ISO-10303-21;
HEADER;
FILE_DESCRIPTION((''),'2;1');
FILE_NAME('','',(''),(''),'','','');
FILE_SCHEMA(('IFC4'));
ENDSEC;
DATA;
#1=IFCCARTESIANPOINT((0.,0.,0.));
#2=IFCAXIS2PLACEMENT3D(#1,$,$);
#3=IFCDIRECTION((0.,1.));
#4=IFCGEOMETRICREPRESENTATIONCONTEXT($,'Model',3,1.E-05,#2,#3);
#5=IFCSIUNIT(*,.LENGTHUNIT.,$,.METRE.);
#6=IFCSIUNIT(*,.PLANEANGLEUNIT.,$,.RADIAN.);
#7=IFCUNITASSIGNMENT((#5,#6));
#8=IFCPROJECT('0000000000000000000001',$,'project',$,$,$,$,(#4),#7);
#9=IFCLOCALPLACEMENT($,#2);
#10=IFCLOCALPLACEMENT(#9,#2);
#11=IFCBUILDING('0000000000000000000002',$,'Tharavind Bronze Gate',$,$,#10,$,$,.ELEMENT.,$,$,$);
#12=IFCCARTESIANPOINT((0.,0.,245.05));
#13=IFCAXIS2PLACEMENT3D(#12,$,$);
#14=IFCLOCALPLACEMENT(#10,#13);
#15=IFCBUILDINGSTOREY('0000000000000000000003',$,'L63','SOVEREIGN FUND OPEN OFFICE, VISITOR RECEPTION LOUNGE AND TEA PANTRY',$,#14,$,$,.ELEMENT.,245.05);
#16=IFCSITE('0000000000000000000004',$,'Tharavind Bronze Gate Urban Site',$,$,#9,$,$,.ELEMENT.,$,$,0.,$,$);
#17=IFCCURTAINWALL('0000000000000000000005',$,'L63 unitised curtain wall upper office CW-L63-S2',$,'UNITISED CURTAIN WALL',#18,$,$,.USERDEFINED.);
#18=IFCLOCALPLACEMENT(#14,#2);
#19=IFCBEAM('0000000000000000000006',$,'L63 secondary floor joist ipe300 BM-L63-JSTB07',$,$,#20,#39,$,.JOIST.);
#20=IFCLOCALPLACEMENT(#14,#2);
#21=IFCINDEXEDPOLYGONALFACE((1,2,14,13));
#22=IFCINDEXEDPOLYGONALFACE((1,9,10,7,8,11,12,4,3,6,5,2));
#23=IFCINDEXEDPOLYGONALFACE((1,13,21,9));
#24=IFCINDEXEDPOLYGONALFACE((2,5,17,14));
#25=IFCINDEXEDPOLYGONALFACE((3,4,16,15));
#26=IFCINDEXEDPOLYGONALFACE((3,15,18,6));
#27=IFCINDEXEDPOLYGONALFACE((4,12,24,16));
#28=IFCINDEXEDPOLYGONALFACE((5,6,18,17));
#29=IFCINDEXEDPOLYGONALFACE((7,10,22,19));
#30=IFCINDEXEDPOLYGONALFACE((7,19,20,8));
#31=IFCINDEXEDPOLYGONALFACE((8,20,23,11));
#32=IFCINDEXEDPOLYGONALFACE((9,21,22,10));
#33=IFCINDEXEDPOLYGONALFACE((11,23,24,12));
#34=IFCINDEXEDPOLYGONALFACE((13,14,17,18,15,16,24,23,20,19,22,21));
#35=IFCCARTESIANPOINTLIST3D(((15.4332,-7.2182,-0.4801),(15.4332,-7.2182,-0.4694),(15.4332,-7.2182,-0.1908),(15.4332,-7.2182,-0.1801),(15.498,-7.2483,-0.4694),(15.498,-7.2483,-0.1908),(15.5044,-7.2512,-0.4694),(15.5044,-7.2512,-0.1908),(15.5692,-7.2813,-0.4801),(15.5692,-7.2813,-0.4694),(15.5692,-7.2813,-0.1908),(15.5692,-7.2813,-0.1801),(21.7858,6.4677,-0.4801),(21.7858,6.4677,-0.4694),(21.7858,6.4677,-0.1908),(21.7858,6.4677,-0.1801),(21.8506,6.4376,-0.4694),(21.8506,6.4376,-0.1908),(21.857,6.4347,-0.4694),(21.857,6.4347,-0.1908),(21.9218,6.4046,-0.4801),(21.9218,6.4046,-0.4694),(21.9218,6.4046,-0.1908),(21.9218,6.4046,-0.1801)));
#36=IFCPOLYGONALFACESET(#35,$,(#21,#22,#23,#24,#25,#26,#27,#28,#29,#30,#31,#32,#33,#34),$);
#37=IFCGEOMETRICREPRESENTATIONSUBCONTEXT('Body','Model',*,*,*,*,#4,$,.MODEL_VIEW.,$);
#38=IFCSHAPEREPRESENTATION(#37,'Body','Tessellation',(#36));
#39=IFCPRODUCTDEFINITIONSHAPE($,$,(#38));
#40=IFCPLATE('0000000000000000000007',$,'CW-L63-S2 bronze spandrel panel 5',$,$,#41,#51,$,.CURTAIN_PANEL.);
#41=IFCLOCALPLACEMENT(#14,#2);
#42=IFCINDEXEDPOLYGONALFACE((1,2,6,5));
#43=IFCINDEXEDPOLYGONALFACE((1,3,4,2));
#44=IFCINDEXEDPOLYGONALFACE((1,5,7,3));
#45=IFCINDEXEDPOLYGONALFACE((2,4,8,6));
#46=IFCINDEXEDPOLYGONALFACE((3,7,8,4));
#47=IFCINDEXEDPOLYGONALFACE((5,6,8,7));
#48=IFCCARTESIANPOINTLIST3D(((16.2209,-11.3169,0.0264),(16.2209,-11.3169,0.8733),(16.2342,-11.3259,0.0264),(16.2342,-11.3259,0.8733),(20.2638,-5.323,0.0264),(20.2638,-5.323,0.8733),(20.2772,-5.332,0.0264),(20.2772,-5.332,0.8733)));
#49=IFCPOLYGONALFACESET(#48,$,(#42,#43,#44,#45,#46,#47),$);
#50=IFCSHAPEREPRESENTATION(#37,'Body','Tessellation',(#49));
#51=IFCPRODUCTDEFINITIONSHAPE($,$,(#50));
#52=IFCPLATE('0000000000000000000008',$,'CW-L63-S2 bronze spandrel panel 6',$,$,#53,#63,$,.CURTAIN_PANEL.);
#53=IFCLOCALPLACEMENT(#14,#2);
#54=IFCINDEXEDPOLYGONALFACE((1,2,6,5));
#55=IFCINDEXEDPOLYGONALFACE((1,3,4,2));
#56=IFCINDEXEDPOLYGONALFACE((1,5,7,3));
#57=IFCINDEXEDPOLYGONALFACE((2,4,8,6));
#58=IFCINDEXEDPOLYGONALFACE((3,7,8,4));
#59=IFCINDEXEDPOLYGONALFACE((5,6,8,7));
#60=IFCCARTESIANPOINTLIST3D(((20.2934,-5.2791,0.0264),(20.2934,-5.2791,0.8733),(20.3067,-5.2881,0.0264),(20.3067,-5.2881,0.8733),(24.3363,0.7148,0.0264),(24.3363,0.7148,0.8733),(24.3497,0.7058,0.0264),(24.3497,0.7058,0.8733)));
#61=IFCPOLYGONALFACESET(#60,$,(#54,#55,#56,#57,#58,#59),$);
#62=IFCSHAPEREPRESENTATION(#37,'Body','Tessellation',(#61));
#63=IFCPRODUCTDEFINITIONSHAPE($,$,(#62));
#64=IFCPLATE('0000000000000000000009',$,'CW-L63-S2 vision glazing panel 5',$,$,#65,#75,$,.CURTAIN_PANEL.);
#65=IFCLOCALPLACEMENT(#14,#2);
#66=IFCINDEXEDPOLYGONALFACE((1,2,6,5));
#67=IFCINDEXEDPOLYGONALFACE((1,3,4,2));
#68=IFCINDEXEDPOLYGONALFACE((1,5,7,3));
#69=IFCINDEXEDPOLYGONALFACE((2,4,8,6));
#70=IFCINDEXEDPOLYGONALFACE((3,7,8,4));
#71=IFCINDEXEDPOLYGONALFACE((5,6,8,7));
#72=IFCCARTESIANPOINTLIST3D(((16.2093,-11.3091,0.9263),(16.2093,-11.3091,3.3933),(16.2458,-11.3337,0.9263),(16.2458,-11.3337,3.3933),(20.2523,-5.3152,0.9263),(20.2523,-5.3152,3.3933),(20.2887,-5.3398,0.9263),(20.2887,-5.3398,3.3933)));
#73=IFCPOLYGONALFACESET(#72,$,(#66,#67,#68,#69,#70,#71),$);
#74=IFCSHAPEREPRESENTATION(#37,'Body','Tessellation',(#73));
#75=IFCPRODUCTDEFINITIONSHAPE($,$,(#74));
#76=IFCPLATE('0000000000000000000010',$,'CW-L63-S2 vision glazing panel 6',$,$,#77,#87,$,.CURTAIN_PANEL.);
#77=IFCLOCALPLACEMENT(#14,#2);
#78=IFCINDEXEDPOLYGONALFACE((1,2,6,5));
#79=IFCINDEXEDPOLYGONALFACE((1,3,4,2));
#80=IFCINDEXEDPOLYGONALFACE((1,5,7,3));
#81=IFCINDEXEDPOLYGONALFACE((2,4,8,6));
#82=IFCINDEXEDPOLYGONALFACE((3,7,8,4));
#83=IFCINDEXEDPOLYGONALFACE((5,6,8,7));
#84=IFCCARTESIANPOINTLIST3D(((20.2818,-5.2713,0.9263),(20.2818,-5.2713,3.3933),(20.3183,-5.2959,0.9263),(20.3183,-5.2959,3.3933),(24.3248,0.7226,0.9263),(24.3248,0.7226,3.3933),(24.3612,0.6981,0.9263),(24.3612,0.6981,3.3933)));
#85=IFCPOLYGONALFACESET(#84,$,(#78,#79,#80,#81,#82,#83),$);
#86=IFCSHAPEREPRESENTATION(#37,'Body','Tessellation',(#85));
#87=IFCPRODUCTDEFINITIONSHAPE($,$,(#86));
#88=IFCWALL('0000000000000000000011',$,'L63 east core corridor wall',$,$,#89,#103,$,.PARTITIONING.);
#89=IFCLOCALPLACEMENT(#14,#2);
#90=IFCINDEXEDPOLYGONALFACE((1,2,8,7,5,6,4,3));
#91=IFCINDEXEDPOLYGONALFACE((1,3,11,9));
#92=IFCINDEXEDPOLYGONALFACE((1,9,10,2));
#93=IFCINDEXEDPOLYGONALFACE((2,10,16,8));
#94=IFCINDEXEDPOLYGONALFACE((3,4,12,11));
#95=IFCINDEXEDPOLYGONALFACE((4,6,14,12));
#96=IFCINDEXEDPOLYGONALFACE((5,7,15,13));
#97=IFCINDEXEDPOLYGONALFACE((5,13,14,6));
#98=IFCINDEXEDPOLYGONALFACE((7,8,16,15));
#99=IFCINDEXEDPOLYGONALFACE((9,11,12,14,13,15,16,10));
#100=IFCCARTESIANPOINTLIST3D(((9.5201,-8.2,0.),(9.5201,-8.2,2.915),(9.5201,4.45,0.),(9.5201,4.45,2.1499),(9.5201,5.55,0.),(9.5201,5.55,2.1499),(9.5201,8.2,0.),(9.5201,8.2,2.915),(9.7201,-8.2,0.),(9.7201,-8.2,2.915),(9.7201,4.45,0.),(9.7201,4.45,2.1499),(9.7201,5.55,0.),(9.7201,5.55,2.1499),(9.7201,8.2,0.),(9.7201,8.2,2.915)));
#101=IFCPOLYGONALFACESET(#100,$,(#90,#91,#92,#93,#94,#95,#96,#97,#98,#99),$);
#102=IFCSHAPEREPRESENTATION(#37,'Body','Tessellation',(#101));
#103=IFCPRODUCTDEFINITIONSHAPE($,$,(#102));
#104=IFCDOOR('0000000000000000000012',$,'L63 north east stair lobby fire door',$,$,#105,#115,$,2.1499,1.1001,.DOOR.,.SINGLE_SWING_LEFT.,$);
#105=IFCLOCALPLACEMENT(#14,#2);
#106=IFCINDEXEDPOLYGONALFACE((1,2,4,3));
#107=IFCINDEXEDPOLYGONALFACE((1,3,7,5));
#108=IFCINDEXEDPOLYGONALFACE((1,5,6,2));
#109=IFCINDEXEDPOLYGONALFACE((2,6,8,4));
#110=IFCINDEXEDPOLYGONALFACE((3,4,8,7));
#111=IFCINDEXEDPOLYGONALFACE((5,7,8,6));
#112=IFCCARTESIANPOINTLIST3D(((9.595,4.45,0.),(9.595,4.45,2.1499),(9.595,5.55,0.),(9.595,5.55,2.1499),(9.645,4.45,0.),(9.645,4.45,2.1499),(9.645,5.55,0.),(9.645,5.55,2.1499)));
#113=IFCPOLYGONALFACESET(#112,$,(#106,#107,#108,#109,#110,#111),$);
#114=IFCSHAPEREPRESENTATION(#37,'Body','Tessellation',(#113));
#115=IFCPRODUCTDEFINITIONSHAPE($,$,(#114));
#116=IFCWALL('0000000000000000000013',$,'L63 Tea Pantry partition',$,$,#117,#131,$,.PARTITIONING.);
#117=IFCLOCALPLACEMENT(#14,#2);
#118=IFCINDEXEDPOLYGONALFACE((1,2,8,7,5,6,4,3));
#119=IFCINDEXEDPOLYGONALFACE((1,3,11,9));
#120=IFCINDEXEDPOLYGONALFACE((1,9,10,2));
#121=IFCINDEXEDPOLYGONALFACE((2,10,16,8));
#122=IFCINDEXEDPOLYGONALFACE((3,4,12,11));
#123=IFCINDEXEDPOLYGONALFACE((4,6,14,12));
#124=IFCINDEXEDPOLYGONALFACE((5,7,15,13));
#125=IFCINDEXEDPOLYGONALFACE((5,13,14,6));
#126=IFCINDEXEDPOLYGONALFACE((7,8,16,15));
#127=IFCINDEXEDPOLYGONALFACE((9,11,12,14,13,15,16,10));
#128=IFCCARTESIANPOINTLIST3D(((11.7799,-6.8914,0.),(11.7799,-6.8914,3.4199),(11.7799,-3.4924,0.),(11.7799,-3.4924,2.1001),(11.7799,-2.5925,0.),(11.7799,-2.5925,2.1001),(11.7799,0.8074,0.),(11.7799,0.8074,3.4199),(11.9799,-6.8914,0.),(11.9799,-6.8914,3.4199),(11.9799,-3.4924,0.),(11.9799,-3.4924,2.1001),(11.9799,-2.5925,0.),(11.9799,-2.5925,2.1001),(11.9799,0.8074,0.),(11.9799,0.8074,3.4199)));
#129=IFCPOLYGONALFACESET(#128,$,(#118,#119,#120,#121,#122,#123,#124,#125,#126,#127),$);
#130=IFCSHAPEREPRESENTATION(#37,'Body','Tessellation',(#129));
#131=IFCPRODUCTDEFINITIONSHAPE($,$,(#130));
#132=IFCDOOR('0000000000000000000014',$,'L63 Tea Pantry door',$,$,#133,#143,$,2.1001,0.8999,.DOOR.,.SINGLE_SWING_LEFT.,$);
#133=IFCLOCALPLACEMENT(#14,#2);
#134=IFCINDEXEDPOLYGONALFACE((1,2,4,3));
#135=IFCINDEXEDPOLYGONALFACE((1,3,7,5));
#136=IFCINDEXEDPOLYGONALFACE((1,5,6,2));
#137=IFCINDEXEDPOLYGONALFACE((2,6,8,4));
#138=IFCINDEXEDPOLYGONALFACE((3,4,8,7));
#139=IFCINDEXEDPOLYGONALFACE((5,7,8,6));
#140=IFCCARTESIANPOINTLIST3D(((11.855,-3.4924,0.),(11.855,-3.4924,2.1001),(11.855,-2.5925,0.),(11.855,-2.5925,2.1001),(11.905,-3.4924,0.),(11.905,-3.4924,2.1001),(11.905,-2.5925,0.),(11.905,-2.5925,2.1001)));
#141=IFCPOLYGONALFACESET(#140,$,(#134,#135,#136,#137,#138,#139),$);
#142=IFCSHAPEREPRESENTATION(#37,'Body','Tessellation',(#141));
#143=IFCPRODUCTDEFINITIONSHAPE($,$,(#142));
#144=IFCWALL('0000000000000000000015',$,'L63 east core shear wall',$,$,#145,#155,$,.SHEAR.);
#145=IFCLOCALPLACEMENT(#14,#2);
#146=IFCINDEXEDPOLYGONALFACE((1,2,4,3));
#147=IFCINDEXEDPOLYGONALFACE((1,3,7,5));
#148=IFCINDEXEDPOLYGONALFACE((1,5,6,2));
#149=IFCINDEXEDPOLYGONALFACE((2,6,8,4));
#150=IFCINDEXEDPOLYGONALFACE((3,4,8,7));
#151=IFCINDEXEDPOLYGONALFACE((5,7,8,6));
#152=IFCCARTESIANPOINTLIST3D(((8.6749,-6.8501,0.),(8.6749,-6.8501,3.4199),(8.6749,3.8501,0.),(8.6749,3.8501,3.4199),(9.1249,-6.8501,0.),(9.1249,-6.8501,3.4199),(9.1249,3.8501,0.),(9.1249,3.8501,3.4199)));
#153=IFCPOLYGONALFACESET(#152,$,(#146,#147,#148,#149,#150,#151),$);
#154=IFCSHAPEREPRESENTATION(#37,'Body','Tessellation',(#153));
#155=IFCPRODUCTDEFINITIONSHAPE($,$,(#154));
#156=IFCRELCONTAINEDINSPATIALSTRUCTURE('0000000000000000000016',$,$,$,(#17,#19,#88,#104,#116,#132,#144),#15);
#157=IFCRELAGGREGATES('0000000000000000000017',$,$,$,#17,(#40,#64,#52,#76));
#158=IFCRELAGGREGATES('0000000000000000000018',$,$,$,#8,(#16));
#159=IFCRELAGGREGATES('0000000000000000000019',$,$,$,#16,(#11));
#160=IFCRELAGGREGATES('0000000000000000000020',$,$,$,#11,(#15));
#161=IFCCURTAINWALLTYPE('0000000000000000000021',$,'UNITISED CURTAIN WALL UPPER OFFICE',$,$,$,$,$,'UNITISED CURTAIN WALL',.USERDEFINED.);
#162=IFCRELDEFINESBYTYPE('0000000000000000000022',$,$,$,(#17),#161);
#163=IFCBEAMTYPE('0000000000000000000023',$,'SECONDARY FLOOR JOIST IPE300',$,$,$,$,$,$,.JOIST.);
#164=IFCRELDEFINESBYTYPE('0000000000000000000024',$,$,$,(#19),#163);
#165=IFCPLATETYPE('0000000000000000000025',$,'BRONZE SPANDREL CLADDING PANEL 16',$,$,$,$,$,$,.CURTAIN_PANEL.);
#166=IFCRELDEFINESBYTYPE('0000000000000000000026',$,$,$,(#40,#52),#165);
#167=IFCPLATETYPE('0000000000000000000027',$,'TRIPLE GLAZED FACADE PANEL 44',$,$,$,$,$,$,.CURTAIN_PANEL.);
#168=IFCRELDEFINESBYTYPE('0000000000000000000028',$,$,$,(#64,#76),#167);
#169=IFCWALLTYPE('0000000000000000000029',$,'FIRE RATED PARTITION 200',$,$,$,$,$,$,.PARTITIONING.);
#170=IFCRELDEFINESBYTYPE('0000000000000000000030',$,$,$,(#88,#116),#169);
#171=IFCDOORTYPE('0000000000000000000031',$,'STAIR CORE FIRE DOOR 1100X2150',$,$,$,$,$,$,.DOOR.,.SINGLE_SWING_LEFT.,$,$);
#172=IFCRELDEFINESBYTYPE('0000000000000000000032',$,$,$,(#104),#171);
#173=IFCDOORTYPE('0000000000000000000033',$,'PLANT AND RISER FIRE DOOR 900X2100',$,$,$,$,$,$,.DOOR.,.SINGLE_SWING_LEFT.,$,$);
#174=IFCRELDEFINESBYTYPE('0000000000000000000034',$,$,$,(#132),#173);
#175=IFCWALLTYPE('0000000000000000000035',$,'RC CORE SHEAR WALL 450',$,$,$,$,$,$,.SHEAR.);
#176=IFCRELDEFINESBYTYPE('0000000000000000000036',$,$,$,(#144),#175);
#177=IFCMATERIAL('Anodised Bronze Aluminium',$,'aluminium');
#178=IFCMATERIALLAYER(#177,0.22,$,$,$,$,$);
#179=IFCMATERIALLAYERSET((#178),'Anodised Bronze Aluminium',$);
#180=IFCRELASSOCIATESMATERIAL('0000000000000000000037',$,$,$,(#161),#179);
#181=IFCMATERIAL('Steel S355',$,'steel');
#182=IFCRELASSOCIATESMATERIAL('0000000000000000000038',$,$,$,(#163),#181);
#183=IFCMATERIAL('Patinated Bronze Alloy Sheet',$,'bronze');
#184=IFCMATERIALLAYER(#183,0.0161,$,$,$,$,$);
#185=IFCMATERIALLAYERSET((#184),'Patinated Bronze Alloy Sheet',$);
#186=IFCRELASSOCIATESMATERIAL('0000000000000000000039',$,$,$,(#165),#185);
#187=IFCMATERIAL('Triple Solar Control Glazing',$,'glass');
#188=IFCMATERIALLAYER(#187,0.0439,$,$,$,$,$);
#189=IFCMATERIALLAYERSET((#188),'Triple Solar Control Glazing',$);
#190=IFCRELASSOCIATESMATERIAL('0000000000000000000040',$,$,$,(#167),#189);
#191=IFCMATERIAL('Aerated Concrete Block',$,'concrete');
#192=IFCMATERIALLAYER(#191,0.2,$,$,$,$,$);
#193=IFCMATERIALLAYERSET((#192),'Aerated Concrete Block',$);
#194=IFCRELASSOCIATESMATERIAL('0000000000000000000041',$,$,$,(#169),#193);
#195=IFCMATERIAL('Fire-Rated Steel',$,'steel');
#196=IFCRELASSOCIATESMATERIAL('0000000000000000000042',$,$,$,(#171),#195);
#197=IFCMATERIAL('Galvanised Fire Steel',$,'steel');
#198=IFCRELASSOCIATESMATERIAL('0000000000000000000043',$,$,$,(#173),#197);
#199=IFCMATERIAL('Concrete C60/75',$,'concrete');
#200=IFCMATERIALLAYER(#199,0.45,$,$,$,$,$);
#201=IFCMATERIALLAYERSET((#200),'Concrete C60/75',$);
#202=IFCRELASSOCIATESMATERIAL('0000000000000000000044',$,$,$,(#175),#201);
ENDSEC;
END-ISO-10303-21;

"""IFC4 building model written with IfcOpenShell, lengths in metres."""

from ifc_helpers import new_model, si_unit, direction, frame, frame_2d, origin, origin_2d, place, context, subcontext, project, spatial, rectangle, i_section, extrude, material, layer, layer_set, material_profile, profile_set, type_object, element, fill, aggregate, save


model = new_model("IFC4")

# Units and contexts
model_context = context("Model", 3, precision=1e-05, world=origin(), true_north=direction((0.0, 1.0)))
body_context = subcontext(model_context, "Body", "Model", "MODEL_VIEW")
ifc_project = project(units=[si_unit("LENGTHUNIT", "METRE"), si_unit("PLANEANGLEUNIT", "RADIAN")], contexts=[model_context])

# Site, building, storey
site_placement = place(None, origin())
site = spatial("IfcSite", under=ifc_project, at=site_placement, Name="Tharavind Bronze Gate Urban Site", CompositionType="ELEMENT", RefElevation=0.0)
building_placement = place(site_placement, origin())
building = spatial("IfcBuilding", under=site, at=building_placement, Name="Tharavind Bronze Gate", CompositionType="ELEMENT")
storey_placement = place(building_placement, frame((0.0, 0.0, 245.05)))
storey = spatial("IfcBuildingStorey", under=building, at=storey_placement, Name="L63", Description="SOVEREIGN FUND OPEN OFFICE, VISITOR RECEPTION LOUNGE AND TEA PANTRY", CompositionType="ELEMENT", Elevation=245.05)

# Curtain wall
ifc_material_1 = material(Name="Anodised Bronze Aluminium", Category="aluminium")
ifc_layer_1 = layer(ifc_material_1, 0.22)
ifc_layer_set_1 = layer_set([ifc_layer_1], Name="Anodised Bronze Aluminium")
curtain_wall_type = type_object("IfcCurtainWallType", Name="UNITISED CURTAIN WALL UPPER OFFICE", ElementType="UNITISED CURTAIN WALL", PredefinedType="USERDEFINED", material=ifc_layer_set_1)
curtain_wall_placement = place(storey_placement, origin())
curtain_wall = element("IfcCurtainWall", 1, at=curtain_wall_placement, inside=storey, type_object=curtain_wall_type, Name="L63 unitised curtain wall upper office CW-L63-S2", ObjectType="UNITISED CURTAIN WALL", PredefinedType="USERDEFINED")

# Beam
ifc_material_2 = material(Name="Steel S355", Category="steel")
ifc_material_profile_1 = material_profile(ifc_material_2, i_section(OverallWidth=0.1499, OverallDepth=0.3, WebThickness=0.0071, FlangeThickness=0.0107, at=origin_2d()), Name="IPE300")
ifc_profile_set_1 = profile_set([ifc_material_profile_1], Name="Steel S355")
beam_type_1 = type_object("IfcBeamType", Name="SECONDARY FLOOR JOIST IPE300", PredefinedType="JOIST", material=ifc_profile_set_1)
beam_1_placement = place(storey_placement, frame((15.5012, -7.2498, -0.3301), z_axis=(0.421025, 0.907049, 0.0), x_axis=(-0.907049, 0.421025, 0.0)))
element("IfcBeam", 2, at=beam_1_placement, inside=storey, type_object=beam_type_1, Name="L63 secondary floor joist ipe300 BM-L63-JSTB07", PredefinedType="JOIST", context=body_context, shape_type="SweptSolid", body=[
    extrude(i_section(OverallWidth=0.1499, OverallDepth=0.3, WebThickness=0.0071, FlangeThickness=0.0107, at=origin_2d()), origin(), (0.0, 0.0, 1.0), 15.0884),
])

# Plates
ifc_material_3 = material(Name="Patinated Bronze Alloy Sheet", Category="bronze")
ifc_layer_2 = layer(ifc_material_3, 0.0161)
ifc_layer_set_2 = layer_set([ifc_layer_2], Name="Patinated Bronze Alloy Sheet")
plate_type_1 = type_object("IfcPlateType", Name="BRONZE SPANDREL CLADDING PANEL 16", PredefinedType="CURTAIN_PANEL", material=ifc_layer_set_2)
plate_1_placement = place(storey_placement, frame((18.249, -8.3245, 0.0264), z_axis=(0.0, 0.0, 1.0), x_axis=(0.559193, 0.829038, 0.0)))
plate_1 = element("IfcPlate", 3, at=plate_1_placement, type_object=plate_type_1, Name="CW-L63-S2 bronze spandrel panel 5", PredefinedType="CURTAIN_PANEL", context=body_context, shape_type="SweptSolid", body=[
    extrude(rectangle(XDim=7.23, YDim=0.0161, at=origin_2d()), origin(), (0.0, 0.0, 1.0), 0.8469),
])
plate_2_placement = place(storey_placement, frame((22.3215, -2.2866, 0.0264), z_axis=(0.0, 0.0, 1.0), x_axis=(0.559193, 0.829038, 0.0)))
plate_2 = element("IfcPlate", 4, at=plate_2_placement, type_object=plate_type_1, Name="CW-L63-S2 bronze spandrel panel 6", PredefinedType="CURTAIN_PANEL", context=body_context, shape_type="SweptSolid", body=[
    extrude(rectangle(XDim=7.23, YDim=0.0161, at=origin_2d()), origin(), (0.0, 0.0, 1.0), 0.8469),
])
ifc_material_4 = material(Name="Triple Solar Control Glazing", Category="glass")
ifc_layer_3 = layer(ifc_material_4, 0.0439)
ifc_layer_set_3 = layer_set([ifc_layer_3], Name="Triple Solar Control Glazing")
plate_type_2 = type_object("IfcPlateType", Name="TRIPLE GLAZED FACADE PANEL 44", PredefinedType="CURTAIN_PANEL", material=ifc_layer_set_3)
plate_3_placement = place(storey_placement, frame((18.249, -8.3245, 0.9263), z_axis=(0.0, 0.0, 1.0), x_axis=(0.559193, 0.829038, 0.0)))
plate_3 = element("IfcPlate", 5, at=plate_3_placement, type_object=plate_type_2, Name="CW-L63-S2 vision glazing panel 5", PredefinedType="CURTAIN_PANEL", context=body_context, shape_type="SweptSolid", body=[
    extrude(rectangle(XDim=7.23, YDim=0.0439, at=origin_2d()), origin(), (0.0, 0.0, 1.0), 2.467),
])
plate_4_placement = place(storey_placement, frame((22.3215, -2.2866, 0.9263), z_axis=(0.0, 0.0, 1.0), x_axis=(0.559193, 0.829038, 0.0)))
plate_4 = element("IfcPlate", 6, at=plate_4_placement, type_object=plate_type_2, Name="CW-L63-S2 vision glazing panel 6", PredefinedType="CURTAIN_PANEL", context=body_context, shape_type="SweptSolid", body=[
    extrude(rectangle(XDim=7.23, YDim=0.0439, at=origin_2d()), origin(), (0.0, 0.0, 1.0), 2.467),
])
aggregate(curtain_wall, [plate_1, plate_3, plate_2, plate_4])

# Walls, openings, doors
ifc_material_5 = material(Name="Aerated Concrete Block", Category="concrete")
ifc_layer_4 = layer(ifc_material_5, 0.2)
ifc_layer_set_4 = layer_set([ifc_layer_4], Name="Aerated Concrete Block")
wall_type_1 = type_object("IfcWallType", Name="FIRE RATED PARTITION 200", PredefinedType="PARTITIONING", material=ifc_layer_set_4)
wall_1_placement = place(storey_placement, frame((9.6201, -8.2, 0.0), z_axis=(0.0, 0.0, 1.0), x_axis=(0.0, 1.0, 0.0)))
wall_1 = element("IfcWall", 7, at=wall_1_placement, inside=storey, type_object=wall_type_1, Name="L63 east core corridor wall", PredefinedType="PARTITIONING", context=body_context, shape_type="SweptSolid", body=[
    extrude(rectangle(XDim=16.3999, YDim=0.2, at=frame_2d((8.2, 0.0))), origin(), (0.0, 0.0, 1.0), 2.915),
])
opening_1_placement = place(wall_1_placement, frame((12.6499, 0.0, 0.0)))
opening_1 = element("IfcOpeningElement", 8, at=opening_1_placement, cuts=wall_1, PredefinedType="OPENING", context=body_context, shape_type="SweptSolid", body=[
    extrude(rectangle(XDim=1.1001, YDim=2.1499, at=frame_2d((0.55, 1.075))), frame((0.0, 0.1101, 0.0), z_axis=(0.0, -1.0, 0.0), x_axis=(1.0, 0.0, 0.0)), (0.0, 0.0, 1.0), 0.22),
])
ifc_material_6 = material(Name="Fire-Rated Steel", Category="steel")
door_type_1 = type_object("IfcDoorType", Name="STAIR CORE FIRE DOOR 1100X2150", OperationType="SINGLE_SWING_LEFT", PredefinedType="DOOR", material=ifc_material_6)
door_1_placement = place(opening_1_placement, frame((1.1001, 0.0, 0.0), z_axis=(0.0, 0.0, 1.0), x_axis=(-1.0, 0.0, 0.0)))
door_1 = element("IfcDoor", 9, at=door_1_placement, inside=storey, type_object=door_type_1, Name="L63 north east stair lobby fire door", OperationType="SINGLE_SWING_LEFT", OverallHeight=2.1499, OverallWidth=1.1001, PredefinedType="DOOR", context=body_context, shape_type="SweptSolid", body=[
    extrude(rectangle(XDim=1.1001, YDim=2.1499, at=frame_2d((0.55, 1.075))), frame((0.0, 0.0249, 0.0), z_axis=(0.0, -1.0, 0.0), x_axis=(1.0, 0.0, 0.0)), (0.0, 0.0, 1.0), 0.05),
])
fill(opening_1, door_1)
wall_2_placement = place(storey_placement, frame((11.8799, -6.8914, 0.0), z_axis=(0.0, 0.0, 1.0), x_axis=(0.0, 1.0, 0.0)))
wall_2 = element("IfcWall", 10, at=wall_2_placement, inside=storey, type_object=wall_type_1, Name="L63 Tea Pantry partition", PredefinedType="PARTITIONING", context=body_context, shape_type="SweptSolid", body=[
    extrude(rectangle(XDim=7.6987, YDim=0.2, at=frame_2d((3.8494, 0.0))), origin(), (0.0, 0.0, 1.0), 3.4199),
])
opening_2_placement = place(wall_2_placement, frame((3.3989, 0.0, 0.0)))
opening_2 = element("IfcOpeningElement", 11, at=opening_2_placement, cuts=wall_2, PredefinedType="OPENING", context=body_context, shape_type="SweptSolid", body=[
    extrude(rectangle(XDim=0.8999, YDim=2.1001, at=frame_2d((0.45, 1.05))), frame((0.0, 0.1101, 0.0), z_axis=(0.0, -1.0, 0.0), x_axis=(1.0, 0.0, 0.0)), (0.0, 0.0, 1.0), 0.22),
])
ifc_material_7 = material(Name="Galvanised Fire Steel", Category="steel")
door_type_2 = type_object("IfcDoorType", Name="PLANT AND RISER FIRE DOOR 900X2100", OperationType="SINGLE_SWING_LEFT", PredefinedType="DOOR", material=ifc_material_7)
door_2_placement = place(opening_2_placement, origin())
door_2 = element("IfcDoor", 12, at=door_2_placement, inside=storey, type_object=door_type_2, Name="L63 Tea Pantry door", OperationType="SINGLE_SWING_LEFT", OverallHeight=2.1001, OverallWidth=0.8999, PredefinedType="DOOR", context=body_context, shape_type="SweptSolid", body=[
    extrude(rectangle(XDim=0.8999, YDim=2.1001, at=frame_2d((0.45, 1.05))), frame((0.0, 0.0249, 0.0), z_axis=(0.0, -1.0, 0.0), x_axis=(1.0, 0.0, 0.0)), (0.0, 0.0, 1.0), 0.05),
])
fill(opening_2, door_2)

# Wall
ifc_material_8 = material(Name="Concrete C60/75", Category="concrete")
ifc_layer_5 = layer(ifc_material_8, 0.45)
ifc_layer_set_5 = layer_set([ifc_layer_5], Name="Concrete C60/75")
wall_type_2 = type_object("IfcWallType", Name="RC CORE SHEAR WALL 450", PredefinedType="SHEAR", material=ifc_layer_set_5)
wall_3_placement = place(storey_placement, frame((8.8999, -6.8501, 0.0), z_axis=(0.0, 0.0, 1.0), x_axis=(0.0, 1.0, 0.0)))
element("IfcWall", 13, at=wall_3_placement, inside=storey, type_object=wall_type_2, Name="L63 east core shear wall", PredefinedType="SHEAR", context=body_context, shape_type="SweptSolid", body=[
    extrude(rectangle(XDim=10.7002, YDim=0.45, at=frame_2d((5.3501, 0.0))), origin(), (0.0, 0.0, 1.0), 3.4199),
])

save(model, "model.ifc")
